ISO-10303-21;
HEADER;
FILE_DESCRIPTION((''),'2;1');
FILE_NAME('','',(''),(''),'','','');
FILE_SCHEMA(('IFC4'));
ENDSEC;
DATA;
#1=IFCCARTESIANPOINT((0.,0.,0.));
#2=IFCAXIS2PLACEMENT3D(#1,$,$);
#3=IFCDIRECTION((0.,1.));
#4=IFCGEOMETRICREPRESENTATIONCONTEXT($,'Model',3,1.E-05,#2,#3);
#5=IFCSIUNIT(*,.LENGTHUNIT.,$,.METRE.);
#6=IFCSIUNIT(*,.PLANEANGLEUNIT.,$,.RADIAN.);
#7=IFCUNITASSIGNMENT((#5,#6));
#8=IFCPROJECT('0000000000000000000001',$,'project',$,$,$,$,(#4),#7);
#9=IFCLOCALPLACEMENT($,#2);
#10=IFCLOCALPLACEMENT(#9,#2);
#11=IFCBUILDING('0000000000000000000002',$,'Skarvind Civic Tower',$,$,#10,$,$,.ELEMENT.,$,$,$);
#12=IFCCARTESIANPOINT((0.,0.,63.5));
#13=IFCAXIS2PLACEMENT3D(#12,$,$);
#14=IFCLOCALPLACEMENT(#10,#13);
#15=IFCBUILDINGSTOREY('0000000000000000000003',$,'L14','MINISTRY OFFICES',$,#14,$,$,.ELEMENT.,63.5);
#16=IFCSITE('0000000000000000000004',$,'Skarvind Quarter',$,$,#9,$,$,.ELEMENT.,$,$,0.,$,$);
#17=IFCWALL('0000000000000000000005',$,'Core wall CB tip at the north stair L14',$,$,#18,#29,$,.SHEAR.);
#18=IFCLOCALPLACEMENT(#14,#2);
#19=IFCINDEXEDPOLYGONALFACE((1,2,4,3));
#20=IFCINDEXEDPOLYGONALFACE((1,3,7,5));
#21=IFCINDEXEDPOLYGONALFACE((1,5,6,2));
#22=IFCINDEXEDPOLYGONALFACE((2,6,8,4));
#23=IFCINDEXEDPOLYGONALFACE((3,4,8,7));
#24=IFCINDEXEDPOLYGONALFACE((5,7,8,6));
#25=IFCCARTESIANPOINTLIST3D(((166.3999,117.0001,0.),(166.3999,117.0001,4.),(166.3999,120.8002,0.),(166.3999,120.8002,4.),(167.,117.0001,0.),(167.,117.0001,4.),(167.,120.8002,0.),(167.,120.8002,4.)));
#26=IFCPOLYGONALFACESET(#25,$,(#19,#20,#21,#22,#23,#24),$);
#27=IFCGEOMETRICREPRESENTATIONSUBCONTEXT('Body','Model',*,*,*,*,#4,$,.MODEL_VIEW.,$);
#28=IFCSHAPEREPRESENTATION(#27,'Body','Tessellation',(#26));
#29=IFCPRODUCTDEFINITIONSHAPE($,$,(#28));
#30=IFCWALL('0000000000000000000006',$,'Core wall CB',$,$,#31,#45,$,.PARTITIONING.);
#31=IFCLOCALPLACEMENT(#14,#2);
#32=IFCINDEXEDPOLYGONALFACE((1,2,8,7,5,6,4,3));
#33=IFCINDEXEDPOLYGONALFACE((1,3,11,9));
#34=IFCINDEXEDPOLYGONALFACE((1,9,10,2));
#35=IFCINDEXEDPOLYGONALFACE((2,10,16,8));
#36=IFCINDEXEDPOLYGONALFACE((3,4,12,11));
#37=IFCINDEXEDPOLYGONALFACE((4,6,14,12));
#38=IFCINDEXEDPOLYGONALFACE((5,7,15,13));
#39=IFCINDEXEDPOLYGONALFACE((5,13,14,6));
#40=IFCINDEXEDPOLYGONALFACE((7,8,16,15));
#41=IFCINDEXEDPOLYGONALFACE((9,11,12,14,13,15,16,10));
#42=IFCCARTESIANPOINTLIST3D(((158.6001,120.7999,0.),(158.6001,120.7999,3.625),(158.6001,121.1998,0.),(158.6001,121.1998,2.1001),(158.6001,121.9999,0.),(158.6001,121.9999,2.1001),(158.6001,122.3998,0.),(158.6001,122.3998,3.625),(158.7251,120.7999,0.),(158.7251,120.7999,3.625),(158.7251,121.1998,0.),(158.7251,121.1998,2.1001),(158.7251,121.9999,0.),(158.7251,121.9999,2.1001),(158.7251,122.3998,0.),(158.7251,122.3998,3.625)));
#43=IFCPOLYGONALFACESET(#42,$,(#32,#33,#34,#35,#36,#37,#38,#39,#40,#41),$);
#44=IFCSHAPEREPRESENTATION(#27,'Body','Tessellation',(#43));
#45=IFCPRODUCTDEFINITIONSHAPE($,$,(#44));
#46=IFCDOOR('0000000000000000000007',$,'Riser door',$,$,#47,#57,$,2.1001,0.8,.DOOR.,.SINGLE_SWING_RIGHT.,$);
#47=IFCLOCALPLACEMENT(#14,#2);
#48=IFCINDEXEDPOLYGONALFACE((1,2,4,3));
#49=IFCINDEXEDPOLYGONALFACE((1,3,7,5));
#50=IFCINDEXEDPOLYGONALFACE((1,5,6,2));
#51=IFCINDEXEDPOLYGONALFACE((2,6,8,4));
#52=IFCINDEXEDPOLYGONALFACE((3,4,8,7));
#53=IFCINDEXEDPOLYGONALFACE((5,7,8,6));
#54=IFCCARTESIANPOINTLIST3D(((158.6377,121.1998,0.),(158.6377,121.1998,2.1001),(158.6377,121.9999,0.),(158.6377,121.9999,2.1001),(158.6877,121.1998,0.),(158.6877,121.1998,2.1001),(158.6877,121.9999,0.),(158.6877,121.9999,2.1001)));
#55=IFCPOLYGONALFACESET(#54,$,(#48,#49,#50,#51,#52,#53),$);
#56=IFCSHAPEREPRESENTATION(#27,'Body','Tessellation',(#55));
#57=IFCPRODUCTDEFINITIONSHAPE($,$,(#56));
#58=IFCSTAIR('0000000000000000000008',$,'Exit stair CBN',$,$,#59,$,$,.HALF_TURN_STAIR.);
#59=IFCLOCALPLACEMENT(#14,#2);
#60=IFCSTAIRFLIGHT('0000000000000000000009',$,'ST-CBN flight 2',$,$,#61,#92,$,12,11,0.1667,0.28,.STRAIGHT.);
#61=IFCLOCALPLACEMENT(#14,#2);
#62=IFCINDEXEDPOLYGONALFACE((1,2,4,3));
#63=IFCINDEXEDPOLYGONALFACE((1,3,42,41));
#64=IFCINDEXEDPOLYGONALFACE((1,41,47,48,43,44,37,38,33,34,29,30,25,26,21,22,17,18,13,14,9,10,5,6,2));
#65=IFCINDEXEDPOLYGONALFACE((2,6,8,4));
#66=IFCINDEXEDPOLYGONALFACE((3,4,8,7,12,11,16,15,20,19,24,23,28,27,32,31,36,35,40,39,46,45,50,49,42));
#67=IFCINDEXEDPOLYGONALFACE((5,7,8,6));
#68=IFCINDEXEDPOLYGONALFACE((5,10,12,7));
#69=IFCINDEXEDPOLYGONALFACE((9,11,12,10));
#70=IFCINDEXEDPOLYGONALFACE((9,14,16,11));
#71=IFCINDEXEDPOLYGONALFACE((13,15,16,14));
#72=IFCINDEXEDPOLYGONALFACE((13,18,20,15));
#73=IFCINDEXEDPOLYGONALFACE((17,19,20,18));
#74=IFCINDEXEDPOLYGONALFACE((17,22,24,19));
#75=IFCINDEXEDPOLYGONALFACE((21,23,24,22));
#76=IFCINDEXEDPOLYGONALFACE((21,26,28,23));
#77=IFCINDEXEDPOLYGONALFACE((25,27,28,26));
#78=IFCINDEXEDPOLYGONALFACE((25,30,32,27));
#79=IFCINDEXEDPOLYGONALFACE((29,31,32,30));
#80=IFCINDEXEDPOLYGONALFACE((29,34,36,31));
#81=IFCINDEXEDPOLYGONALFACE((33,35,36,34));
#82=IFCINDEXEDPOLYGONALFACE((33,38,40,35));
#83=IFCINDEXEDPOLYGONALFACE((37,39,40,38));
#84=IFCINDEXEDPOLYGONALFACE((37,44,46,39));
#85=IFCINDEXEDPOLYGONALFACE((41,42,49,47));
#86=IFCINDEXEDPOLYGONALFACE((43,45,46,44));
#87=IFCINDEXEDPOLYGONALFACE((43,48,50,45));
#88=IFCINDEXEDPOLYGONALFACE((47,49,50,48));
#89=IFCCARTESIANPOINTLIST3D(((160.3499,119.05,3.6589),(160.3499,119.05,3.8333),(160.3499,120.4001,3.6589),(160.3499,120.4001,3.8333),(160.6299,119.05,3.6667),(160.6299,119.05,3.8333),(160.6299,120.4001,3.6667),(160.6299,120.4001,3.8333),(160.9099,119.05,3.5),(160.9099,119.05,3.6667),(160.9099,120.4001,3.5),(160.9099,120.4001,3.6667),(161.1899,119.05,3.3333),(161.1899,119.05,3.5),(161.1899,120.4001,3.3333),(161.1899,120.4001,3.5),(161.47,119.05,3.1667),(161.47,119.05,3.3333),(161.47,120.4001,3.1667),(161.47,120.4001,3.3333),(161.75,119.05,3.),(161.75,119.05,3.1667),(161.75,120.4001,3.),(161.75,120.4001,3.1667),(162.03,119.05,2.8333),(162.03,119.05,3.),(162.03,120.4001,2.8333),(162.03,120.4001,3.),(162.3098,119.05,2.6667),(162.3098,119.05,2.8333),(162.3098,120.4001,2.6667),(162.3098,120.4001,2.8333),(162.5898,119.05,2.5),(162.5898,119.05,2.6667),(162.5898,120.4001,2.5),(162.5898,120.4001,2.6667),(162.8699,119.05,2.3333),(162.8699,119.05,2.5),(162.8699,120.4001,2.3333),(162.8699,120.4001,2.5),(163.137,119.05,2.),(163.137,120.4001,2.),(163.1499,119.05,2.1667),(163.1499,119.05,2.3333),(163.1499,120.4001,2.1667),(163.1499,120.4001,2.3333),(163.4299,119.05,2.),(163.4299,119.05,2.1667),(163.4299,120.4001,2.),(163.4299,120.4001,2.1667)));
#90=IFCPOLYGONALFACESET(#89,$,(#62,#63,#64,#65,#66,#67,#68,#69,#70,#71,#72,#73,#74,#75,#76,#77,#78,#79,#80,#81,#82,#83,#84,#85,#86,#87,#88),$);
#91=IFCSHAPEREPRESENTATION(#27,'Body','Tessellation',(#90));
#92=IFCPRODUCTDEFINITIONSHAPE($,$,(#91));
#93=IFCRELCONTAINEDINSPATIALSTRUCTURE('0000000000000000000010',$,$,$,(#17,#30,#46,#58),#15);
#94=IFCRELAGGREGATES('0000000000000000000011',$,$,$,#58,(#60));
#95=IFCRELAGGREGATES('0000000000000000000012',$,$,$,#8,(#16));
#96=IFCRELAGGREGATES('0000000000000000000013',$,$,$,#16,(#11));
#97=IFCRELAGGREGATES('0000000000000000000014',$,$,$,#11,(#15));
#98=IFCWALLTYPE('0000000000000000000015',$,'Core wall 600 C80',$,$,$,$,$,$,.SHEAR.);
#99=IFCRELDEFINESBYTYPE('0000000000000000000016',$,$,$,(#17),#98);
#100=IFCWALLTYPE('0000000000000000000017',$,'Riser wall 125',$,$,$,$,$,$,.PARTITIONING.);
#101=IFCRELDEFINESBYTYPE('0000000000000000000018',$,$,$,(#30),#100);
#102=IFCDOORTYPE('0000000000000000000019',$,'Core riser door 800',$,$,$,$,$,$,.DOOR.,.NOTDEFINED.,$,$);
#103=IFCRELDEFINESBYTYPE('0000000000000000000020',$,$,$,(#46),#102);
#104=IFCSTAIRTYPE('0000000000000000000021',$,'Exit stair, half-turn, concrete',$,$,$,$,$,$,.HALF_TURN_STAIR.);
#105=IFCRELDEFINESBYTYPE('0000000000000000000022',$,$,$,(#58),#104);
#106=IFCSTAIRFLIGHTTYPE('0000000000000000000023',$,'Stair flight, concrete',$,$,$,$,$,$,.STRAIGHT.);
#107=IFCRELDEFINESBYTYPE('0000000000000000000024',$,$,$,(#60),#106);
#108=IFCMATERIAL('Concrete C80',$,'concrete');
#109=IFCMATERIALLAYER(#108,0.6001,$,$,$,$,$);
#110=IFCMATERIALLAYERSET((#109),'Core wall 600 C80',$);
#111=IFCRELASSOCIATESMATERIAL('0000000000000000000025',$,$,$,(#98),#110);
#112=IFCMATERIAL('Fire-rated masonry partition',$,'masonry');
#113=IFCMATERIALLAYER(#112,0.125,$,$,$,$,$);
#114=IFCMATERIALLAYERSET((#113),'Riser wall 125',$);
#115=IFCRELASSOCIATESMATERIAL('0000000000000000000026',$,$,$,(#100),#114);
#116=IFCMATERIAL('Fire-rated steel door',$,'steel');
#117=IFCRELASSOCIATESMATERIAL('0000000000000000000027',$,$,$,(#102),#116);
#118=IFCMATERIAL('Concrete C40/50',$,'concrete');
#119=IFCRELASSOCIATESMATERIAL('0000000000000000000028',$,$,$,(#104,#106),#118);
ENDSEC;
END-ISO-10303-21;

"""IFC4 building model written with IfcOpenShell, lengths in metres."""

from ifc_helpers import new_model, si_unit, direction, frame, frame_2d, origin, place, context, subcontext, project, spatial, polyline, rectangle, outline, extrude, material, layer, layer_set, type_object, element, fill, aggregate, save


model = new_model("IFC4")

# Units and contexts
model_context = context("Model", 3, precision=1e-05, world=origin(), true_north=direction((0.0, 1.0)))
body_context = subcontext(model_context, "Body", "Model", "MODEL_VIEW")
ifc_project = project(units=[si_unit("LENGTHUNIT", "METRE"), si_unit("PLANEANGLEUNIT", "RADIAN")], contexts=[model_context])

# Site, building, storey
site_placement = place(None, origin())
site = spatial("IfcSite", under=ifc_project, at=site_placement, Name="Skarvind Quarter", CompositionType="ELEMENT", RefElevation=0.0)
building_placement = place(site_placement, origin())
building = spatial("IfcBuilding", under=site, at=building_placement, Name="Skarvind Civic Tower", CompositionType="ELEMENT")
storey_placement = place(building_placement, frame((0.0, 0.0, 63.5)))
storey = spatial("IfcBuildingStorey", under=building, at=storey_placement, Name="L14", Description="MINISTRY OFFICES", CompositionType="ELEMENT", Elevation=63.5)

# Shared definitions
ifc_material_1 = material(Name="Fire-rated masonry partition", Category="masonry")
ifc_material_2 = material(Name="Fire-rated steel door", Category="steel")

# Shared definitions
ifc_material_3 = material(Name="Concrete C80", Category="concrete")

# Wall
ifc_layer_1 = layer(ifc_material_3, 0.6001)
ifc_layer_set_1 = layer_set([ifc_layer_1], Name="Core wall 600 C80")
wall_type_1 = type_object("IfcWallType", Name="Core wall 600 C80", PredefinedType="SHEAR", material=ifc_layer_set_1)
wall_1_placement = place(storey_placement, frame((166.7, 120.8, 0.0), z_axis=(0.0, 0.0, 1.0), x_axis=(0.0, -1.0, 0.0)))
element("IfcWall", 1, at=wall_1_placement, inside=storey, type_object=wall_type_1, Name="Core wall CB tip at the north stair L14", PredefinedType="SHEAR", context=body_context, shape_type="SweptSolid", body=[
    extrude(rectangle(XDim=3.8, YDim=0.6001, at=frame_2d((1.8999, 0.0))), origin(), (0.0, 0.0, 1.0), 4.0),
])

# Wall, opening, door
ifc_layer_2 = layer(ifc_material_1, 0.125)
ifc_layer_set_2 = layer_set([ifc_layer_2], Name="Riser wall 125")
wall_type_2 = type_object("IfcWallType", Name="Riser wall 125", PredefinedType="PARTITIONING", material=ifc_layer_set_2)
wall_2_placement = place(storey_placement, frame((158.6626, 120.8, 0.0), z_axis=(0.0, 0.0, 1.0), x_axis=(0.0, 1.0, 0.0)))
wall_2 = element("IfcWall", 2, at=wall_2_placement, inside=storey, type_object=wall_type_2, Name="Core wall CB", PredefinedType="PARTITIONING", context=body_context, shape_type="SweptSolid", body=[
    extrude(rectangle(XDim=1.5999, YDim=0.125, at=frame_2d((0.7998, 0.0))), origin(), (0.0, 0.0, 1.0), 3.625),
])
opening_1_placement = place(wall_2_placement, frame((0.3999, 0.0, 0.0)))
opening_1 = element("IfcOpeningElement", 3, at=opening_1_placement, cuts=wall_2, PredefinedType="OPENING", context=body_context, shape_type="SweptSolid", body=[
    extrude(rectangle(XDim=0.8, YDim=2.1001, at=frame_2d((0.3999, 1.05))), frame((0.0, 0.0725, 0.0), z_axis=(0.0, -1.0, 0.0), x_axis=(1.0, 0.0, 0.0)), (0.0, 0.0, 1.0), 0.145),
])
door_type_1 = type_object("IfcDoorType", Name="Core riser door 800", OperationType="NOTDEFINED", PredefinedType="DOOR", material=ifc_material_2)
door_1_placement = place(opening_1_placement, origin())
door_1 = element("IfcDoor", 4, at=door_1_placement, inside=storey, type_object=door_type_1, Name="Riser door", OperationType="SINGLE_SWING_RIGHT", OverallHeight=2.1001, OverallWidth=0.8, PredefinedType="DOOR", context=body_context, shape_type="SweptSolid", body=[
    extrude(rectangle(XDim=0.8, YDim=2.1001, at=frame_2d((0.3999, 1.05))), frame((0.0, 0.0249, 0.0), z_axis=(0.0, -1.0, 0.0), x_axis=(1.0, 0.0, 0.0)), (0.0, 0.0, 1.0), 0.05),
])
fill(opening_1, door_1)

# Stair, stair flight
ifc_material_4 = material(Name="Concrete C40/50", Category="concrete")
stair_type = type_object("IfcStairType", Name="Exit stair, half-turn, concrete", PredefinedType="HALF_TURN_STAIR", material=ifc_material_4)
stair_placement = place(storey_placement, origin())
stair = element("IfcStair", 5, at=stair_placement, inside=storey, type_object=stair_type, Name="Exit stair CBN", PredefinedType="HALF_TURN_STAIR")
stair_flight_type = type_object("IfcStairFlightType", Name="Stair flight, concrete", PredefinedType="STRAIGHT", material=ifc_material_4)
stair_flight_placement = place(storey_placement, frame((163.4299, 119.7251, 2.0), z_axis=(0.0, 0.0, 1.0), x_axis=(-1.0, 0.0, 0.0)))
stair_flight = element("IfcStairFlight", 6, at=stair_flight_placement, type_object=stair_flight_type, Name="ST-CBN flight 2", NumberOfRisers=12, NumberOfTreads=11, PredefinedType="STRAIGHT", RiserHeight=0.1667, TreadLength=0.28, context=body_context, shape_type="SweptSolid", body=[
    extrude(outline(polyline([(0.0, 0.0), (0.0, 0.1667), (0.28, 0.1667), (0.28, 0.3333), (0.5601, 0.3333), (0.5601, 0.5), (0.8401, 0.5), (0.8401, 0.6667), (1.1201, 0.6667), (1.1201, 0.8333), (1.3999, 0.8333), (1.3999, 1.0), (1.6799, 1.0), (1.6799, 1.1667), (1.96, 1.1667), (1.96, 1.3333), (2.24, 1.3333), (2.24, 1.5), (2.52, 1.5), (2.52, 1.6667), (2.8, 1.6667), (2.8, 1.8333), (3.0801, 1.8333), (3.0801, 2.0), (3.0801, 1.6589), (0.293, 0.0), (0.0, 0.0)])), frame((0.0, 0.675, 0.0), z_axis=(0.0, -1.0, 0.0), x_axis=(1.0, 0.0, 0.0)), (0.0, 0.0, 1.0), 1.3501),
])
aggregate(stair, [stair_flight])

save(model, "model.ifc")
